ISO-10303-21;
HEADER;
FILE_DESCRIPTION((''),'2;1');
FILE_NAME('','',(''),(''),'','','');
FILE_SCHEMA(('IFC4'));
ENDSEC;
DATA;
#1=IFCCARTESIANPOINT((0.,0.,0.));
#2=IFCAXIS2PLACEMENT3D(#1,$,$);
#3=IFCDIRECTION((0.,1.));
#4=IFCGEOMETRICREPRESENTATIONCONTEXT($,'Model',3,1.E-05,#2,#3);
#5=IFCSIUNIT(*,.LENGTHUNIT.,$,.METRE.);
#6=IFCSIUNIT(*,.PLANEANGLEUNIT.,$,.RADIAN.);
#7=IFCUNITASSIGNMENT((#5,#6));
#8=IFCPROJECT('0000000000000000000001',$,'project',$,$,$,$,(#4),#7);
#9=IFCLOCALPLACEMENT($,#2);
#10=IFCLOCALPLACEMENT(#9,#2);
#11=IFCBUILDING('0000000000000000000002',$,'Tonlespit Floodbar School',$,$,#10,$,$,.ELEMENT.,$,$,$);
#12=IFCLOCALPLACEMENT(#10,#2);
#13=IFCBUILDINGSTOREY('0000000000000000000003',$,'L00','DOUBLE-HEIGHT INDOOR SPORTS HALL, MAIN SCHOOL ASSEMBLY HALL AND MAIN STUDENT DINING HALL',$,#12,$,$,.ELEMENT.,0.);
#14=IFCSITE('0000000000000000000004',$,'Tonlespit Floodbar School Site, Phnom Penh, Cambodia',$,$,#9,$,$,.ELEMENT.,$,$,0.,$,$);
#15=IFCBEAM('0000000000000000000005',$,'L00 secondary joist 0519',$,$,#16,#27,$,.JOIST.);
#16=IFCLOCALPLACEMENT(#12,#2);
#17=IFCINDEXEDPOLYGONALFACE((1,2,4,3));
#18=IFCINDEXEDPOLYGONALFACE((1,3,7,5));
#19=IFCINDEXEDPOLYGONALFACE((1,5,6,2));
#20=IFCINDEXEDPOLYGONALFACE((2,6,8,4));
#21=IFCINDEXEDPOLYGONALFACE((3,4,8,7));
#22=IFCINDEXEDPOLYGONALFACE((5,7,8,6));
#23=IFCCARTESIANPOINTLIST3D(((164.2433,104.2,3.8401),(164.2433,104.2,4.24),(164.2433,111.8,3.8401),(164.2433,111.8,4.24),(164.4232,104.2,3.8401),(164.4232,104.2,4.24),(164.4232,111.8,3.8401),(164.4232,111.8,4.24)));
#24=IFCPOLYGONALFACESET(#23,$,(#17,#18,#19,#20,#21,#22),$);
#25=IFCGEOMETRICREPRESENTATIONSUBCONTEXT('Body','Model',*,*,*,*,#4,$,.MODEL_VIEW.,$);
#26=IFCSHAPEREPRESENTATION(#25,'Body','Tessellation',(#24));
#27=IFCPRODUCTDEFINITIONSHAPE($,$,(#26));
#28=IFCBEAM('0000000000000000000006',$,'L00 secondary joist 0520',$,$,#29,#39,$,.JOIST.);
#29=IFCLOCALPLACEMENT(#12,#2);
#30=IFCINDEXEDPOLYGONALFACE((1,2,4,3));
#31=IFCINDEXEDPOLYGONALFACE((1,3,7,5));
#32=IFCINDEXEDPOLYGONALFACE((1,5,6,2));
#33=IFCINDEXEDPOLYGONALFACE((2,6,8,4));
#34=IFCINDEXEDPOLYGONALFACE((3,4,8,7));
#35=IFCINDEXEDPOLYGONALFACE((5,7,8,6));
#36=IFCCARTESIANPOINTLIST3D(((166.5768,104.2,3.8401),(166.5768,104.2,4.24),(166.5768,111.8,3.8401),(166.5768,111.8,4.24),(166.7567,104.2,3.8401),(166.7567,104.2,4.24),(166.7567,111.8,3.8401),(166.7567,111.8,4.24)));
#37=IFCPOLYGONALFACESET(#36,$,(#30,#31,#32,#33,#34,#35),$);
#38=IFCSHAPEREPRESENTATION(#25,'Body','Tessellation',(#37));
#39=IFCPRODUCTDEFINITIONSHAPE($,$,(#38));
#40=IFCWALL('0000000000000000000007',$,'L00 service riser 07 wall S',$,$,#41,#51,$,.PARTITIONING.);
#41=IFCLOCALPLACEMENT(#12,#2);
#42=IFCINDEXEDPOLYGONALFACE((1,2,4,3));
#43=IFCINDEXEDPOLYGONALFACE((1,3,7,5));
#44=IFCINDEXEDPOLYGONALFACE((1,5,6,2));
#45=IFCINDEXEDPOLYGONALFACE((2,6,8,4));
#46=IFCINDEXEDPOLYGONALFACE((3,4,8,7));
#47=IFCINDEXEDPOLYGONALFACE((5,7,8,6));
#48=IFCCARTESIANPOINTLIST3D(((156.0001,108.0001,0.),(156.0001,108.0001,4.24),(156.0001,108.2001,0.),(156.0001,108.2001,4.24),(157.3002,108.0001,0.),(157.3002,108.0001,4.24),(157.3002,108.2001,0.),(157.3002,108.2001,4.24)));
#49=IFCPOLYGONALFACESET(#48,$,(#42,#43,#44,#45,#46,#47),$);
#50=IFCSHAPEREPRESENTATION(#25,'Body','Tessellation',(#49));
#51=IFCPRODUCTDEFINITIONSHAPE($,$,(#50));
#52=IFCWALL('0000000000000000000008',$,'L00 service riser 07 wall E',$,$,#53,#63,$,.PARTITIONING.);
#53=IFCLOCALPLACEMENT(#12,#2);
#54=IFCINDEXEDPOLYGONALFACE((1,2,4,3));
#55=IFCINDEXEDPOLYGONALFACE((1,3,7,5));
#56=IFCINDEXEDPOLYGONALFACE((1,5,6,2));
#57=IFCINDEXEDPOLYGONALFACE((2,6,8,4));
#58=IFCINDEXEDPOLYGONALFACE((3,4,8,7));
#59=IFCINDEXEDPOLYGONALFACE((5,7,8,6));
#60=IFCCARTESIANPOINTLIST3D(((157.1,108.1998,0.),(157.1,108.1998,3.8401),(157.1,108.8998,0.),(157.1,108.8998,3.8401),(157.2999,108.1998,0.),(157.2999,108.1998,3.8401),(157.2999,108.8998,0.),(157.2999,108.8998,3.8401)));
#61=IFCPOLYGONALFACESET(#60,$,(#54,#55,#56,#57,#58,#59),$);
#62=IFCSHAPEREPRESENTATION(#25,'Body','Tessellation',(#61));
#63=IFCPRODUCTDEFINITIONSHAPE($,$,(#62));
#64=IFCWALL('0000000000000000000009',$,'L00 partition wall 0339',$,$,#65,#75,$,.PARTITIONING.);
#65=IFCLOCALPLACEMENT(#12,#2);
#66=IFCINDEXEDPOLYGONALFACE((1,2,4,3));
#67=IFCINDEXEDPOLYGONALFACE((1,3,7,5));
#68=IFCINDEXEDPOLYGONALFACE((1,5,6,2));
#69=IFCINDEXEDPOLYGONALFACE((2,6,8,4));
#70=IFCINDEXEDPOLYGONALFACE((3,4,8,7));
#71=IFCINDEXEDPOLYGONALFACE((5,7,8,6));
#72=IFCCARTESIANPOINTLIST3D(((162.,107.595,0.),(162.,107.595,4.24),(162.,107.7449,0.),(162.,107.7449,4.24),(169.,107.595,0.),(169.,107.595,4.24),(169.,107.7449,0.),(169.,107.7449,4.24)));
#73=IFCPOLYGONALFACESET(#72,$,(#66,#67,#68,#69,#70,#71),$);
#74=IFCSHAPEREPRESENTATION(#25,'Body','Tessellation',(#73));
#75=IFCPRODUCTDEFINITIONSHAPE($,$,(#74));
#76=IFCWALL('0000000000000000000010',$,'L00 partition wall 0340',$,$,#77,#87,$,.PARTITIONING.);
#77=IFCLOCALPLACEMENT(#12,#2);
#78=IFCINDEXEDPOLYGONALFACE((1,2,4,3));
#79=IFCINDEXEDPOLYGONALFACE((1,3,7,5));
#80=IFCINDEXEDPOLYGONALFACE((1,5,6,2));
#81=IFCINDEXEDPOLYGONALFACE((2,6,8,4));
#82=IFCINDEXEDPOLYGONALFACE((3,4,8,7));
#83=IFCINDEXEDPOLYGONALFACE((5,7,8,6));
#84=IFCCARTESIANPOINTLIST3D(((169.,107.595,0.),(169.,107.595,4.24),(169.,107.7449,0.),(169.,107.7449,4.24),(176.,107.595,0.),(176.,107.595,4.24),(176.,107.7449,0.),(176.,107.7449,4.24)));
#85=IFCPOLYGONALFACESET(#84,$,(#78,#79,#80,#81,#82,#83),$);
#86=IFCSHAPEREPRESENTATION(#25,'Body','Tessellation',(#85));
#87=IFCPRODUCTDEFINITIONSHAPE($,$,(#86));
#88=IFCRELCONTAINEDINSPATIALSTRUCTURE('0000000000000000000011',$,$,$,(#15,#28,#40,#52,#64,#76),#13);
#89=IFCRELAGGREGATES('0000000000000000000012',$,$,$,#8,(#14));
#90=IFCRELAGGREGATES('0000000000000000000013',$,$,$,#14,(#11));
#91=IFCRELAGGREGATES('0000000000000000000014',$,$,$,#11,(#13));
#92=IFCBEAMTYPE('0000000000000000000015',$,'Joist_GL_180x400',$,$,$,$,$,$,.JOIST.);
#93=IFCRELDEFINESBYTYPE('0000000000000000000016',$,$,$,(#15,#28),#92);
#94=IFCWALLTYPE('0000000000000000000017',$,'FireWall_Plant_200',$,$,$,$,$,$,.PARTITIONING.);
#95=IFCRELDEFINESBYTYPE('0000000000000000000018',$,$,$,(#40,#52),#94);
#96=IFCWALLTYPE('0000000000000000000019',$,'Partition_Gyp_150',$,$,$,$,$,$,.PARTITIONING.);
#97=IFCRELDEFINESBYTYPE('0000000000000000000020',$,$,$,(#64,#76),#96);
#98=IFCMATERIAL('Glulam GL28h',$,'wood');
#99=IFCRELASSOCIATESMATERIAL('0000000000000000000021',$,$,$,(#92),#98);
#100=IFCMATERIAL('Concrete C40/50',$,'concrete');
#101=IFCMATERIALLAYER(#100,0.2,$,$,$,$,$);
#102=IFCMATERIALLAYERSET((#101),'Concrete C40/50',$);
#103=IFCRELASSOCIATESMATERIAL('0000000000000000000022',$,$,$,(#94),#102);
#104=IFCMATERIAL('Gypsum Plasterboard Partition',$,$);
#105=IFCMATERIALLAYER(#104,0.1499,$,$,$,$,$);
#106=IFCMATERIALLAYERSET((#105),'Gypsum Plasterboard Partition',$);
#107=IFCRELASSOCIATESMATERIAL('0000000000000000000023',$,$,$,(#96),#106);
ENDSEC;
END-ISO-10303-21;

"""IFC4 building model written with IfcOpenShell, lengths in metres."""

from ifc_helpers import new_model, si_unit, direction, frame, frame_2d, origin, origin_2d, place, context, subcontext, project, spatial, rectangle, extrude, material, layer, layer_set, material_profile, profile_set, type_object, element, save


model = new_model("IFC4")

# Units and contexts
model_context = context("Model", 3, precision=1e-05, world=origin(), true_north=direction((0.0, 1.0)))
body_context = subcontext(model_context, "Body", "Model", "MODEL_VIEW")
ifc_project = project(units=[si_unit("LENGTHUNIT", "METRE"), si_unit("PLANEANGLEUNIT", "RADIAN")], contexts=[model_context])

# Site, building, storey
site_placement = place(None, origin())
site = spatial("IfcSite", under=ifc_project, at=site_placement, Name="Tonlespit Floodbar School Site, Phnom Penh, Cambodia", CompositionType="ELEMENT", RefElevation=0.0)
building_placement = place(site_placement, origin())
building = spatial("IfcBuilding", under=site, at=building_placement, Name="Tonlespit Floodbar School", CompositionType="ELEMENT")
storey_placement = place(building_placement, origin())
storey = spatial("IfcBuildingStorey", under=building, at=storey_placement, Name="L00", Description="DOUBLE-HEIGHT INDOOR SPORTS HALL, MAIN SCHOOL ASSEMBLY HALL AND MAIN STUDENT DINING HALL", CompositionType="ELEMENT", Elevation=0.0)

# Shared definitions
ifc_material_1 = material(Name="Concrete C40/50", Category="concrete")

# Beams
ifc_material_2 = material(Name="Glulam GL28h", Category="wood")
ifc_material_profile_1 = material_profile(ifc_material_2, rectangle(XDim=0.1799, YDim=0.3999, at=origin_2d()), Name="GL 180x400")
ifc_profile_set_1 = profile_set([ifc_material_profile_1], Name="Glulam GL28h")
beam_type_1 = type_object("IfcBeamType", Name="Joist_GL_180x400", PredefinedType="JOIST", material=ifc_profile_set_1)
for number, where, z_axis, x_axis, name in (
    (1, (164.3333, 104.2, 4.04), (0.0, 1.0, 0.0), (-1.0, 0.0, 0.0), "L00 secondary joist 0519"),
    (2, (166.6667, 104.2, 4.04), (0.0, 1.0, 0.0), (-1.0, 0.0, 0.0), "L00 secondary joist 0520"),
):
    element("IfcBeam", number, at=place(storey_placement, frame(where, z_axis=z_axis, x_axis=x_axis)), inside=storey, type_object=beam_type_1, Name=name, PredefinedType="JOIST", context=body_context, shape_type="SweptSolid", body=[
        extrude(rectangle(XDim=0.1799, YDim=0.3999, at=origin_2d()), origin(), (0.0, 0.0, 1.0), 7.6001),
    ])

# Walls
ifc_layer_1 = layer(ifc_material_1, 0.2)
ifc_layer_set_1 = layer_set([ifc_layer_1], Name="Concrete C40/50")
wall_type_1 = type_object("IfcWallType", Name="FireWall_Plant_200", PredefinedType="PARTITIONING", material=ifc_layer_set_1)
wall_1_placement = place(storey_placement, frame((157.3, 108.1001, 0.0), z_axis=(0.0, 0.0, 1.0), x_axis=(-1.0, 0.0, 0.0)))
element("IfcWall", 3, at=wall_1_placement, inside=storey, type_object=wall_type_1, Name="L00 service riser 07 wall S", PredefinedType="PARTITIONING", context=body_context, shape_type="SweptSolid", body=[
    extrude(rectangle(XDim=1.3, YDim=0.2, at=frame_2d((0.6499, 0.0))), origin(), (0.0, 0.0, 1.0), 4.24),
])
wall_2_placement = place(storey_placement, frame((157.2, 108.8999, 0.0), z_axis=(0.0, 0.0, 1.0), x_axis=(0.0, -1.0, 0.0)))
element("IfcWall", 4, at=wall_2_placement, inside=storey, type_object=wall_type_1, Name="L00 service riser 07 wall E", PredefinedType="PARTITIONING", context=body_context, shape_type="SweptSolid", body=[
    extrude(rectangle(XDim=0.7, YDim=0.2, at=frame_2d((0.3501, 0.0))), origin(), (0.0, 0.0, 1.0), 3.8401),
])
ifc_material_3 = material(Name="Gypsum Plasterboard Partition")
ifc_layer_2 = layer(ifc_material_3, 0.1499)
ifc_layer_set_2 = layer_set([ifc_layer_2], Name="Gypsum Plasterboard Partition")
wall_type_2 = type_object("IfcWallType", Name="Partition_Gyp_150", PredefinedType="PARTITIONING", material=ifc_layer_set_2)
for number, where, z_axis, x_axis, name in (
    (5, (162.0, 107.6699, 0.0), (0.0, 0.0, 1.0), (1.0, 0.0, 0.0), "L00 partition wall 0339"),
    (6, (169.0, 107.6699, 0.0), (0.0, 0.0, 1.0), (1.0, 0.0, 0.0), "L00 partition wall 0340"),
):
    element("IfcWall", number, at=place(storey_placement, frame(where, z_axis=z_axis, x_axis=x_axis)), inside=storey, type_object=wall_type_2, Name=name, PredefinedType="PARTITIONING", context=body_context, shape_type="SweptSolid", body=[
        extrude(rectangle(XDim=7.0, YDim=0.1499, at=frame_2d((3.5, 0.0))), origin(), (0.0, 0.0, 1.0), 4.24),
    ])

save(model, "model.ifc")
